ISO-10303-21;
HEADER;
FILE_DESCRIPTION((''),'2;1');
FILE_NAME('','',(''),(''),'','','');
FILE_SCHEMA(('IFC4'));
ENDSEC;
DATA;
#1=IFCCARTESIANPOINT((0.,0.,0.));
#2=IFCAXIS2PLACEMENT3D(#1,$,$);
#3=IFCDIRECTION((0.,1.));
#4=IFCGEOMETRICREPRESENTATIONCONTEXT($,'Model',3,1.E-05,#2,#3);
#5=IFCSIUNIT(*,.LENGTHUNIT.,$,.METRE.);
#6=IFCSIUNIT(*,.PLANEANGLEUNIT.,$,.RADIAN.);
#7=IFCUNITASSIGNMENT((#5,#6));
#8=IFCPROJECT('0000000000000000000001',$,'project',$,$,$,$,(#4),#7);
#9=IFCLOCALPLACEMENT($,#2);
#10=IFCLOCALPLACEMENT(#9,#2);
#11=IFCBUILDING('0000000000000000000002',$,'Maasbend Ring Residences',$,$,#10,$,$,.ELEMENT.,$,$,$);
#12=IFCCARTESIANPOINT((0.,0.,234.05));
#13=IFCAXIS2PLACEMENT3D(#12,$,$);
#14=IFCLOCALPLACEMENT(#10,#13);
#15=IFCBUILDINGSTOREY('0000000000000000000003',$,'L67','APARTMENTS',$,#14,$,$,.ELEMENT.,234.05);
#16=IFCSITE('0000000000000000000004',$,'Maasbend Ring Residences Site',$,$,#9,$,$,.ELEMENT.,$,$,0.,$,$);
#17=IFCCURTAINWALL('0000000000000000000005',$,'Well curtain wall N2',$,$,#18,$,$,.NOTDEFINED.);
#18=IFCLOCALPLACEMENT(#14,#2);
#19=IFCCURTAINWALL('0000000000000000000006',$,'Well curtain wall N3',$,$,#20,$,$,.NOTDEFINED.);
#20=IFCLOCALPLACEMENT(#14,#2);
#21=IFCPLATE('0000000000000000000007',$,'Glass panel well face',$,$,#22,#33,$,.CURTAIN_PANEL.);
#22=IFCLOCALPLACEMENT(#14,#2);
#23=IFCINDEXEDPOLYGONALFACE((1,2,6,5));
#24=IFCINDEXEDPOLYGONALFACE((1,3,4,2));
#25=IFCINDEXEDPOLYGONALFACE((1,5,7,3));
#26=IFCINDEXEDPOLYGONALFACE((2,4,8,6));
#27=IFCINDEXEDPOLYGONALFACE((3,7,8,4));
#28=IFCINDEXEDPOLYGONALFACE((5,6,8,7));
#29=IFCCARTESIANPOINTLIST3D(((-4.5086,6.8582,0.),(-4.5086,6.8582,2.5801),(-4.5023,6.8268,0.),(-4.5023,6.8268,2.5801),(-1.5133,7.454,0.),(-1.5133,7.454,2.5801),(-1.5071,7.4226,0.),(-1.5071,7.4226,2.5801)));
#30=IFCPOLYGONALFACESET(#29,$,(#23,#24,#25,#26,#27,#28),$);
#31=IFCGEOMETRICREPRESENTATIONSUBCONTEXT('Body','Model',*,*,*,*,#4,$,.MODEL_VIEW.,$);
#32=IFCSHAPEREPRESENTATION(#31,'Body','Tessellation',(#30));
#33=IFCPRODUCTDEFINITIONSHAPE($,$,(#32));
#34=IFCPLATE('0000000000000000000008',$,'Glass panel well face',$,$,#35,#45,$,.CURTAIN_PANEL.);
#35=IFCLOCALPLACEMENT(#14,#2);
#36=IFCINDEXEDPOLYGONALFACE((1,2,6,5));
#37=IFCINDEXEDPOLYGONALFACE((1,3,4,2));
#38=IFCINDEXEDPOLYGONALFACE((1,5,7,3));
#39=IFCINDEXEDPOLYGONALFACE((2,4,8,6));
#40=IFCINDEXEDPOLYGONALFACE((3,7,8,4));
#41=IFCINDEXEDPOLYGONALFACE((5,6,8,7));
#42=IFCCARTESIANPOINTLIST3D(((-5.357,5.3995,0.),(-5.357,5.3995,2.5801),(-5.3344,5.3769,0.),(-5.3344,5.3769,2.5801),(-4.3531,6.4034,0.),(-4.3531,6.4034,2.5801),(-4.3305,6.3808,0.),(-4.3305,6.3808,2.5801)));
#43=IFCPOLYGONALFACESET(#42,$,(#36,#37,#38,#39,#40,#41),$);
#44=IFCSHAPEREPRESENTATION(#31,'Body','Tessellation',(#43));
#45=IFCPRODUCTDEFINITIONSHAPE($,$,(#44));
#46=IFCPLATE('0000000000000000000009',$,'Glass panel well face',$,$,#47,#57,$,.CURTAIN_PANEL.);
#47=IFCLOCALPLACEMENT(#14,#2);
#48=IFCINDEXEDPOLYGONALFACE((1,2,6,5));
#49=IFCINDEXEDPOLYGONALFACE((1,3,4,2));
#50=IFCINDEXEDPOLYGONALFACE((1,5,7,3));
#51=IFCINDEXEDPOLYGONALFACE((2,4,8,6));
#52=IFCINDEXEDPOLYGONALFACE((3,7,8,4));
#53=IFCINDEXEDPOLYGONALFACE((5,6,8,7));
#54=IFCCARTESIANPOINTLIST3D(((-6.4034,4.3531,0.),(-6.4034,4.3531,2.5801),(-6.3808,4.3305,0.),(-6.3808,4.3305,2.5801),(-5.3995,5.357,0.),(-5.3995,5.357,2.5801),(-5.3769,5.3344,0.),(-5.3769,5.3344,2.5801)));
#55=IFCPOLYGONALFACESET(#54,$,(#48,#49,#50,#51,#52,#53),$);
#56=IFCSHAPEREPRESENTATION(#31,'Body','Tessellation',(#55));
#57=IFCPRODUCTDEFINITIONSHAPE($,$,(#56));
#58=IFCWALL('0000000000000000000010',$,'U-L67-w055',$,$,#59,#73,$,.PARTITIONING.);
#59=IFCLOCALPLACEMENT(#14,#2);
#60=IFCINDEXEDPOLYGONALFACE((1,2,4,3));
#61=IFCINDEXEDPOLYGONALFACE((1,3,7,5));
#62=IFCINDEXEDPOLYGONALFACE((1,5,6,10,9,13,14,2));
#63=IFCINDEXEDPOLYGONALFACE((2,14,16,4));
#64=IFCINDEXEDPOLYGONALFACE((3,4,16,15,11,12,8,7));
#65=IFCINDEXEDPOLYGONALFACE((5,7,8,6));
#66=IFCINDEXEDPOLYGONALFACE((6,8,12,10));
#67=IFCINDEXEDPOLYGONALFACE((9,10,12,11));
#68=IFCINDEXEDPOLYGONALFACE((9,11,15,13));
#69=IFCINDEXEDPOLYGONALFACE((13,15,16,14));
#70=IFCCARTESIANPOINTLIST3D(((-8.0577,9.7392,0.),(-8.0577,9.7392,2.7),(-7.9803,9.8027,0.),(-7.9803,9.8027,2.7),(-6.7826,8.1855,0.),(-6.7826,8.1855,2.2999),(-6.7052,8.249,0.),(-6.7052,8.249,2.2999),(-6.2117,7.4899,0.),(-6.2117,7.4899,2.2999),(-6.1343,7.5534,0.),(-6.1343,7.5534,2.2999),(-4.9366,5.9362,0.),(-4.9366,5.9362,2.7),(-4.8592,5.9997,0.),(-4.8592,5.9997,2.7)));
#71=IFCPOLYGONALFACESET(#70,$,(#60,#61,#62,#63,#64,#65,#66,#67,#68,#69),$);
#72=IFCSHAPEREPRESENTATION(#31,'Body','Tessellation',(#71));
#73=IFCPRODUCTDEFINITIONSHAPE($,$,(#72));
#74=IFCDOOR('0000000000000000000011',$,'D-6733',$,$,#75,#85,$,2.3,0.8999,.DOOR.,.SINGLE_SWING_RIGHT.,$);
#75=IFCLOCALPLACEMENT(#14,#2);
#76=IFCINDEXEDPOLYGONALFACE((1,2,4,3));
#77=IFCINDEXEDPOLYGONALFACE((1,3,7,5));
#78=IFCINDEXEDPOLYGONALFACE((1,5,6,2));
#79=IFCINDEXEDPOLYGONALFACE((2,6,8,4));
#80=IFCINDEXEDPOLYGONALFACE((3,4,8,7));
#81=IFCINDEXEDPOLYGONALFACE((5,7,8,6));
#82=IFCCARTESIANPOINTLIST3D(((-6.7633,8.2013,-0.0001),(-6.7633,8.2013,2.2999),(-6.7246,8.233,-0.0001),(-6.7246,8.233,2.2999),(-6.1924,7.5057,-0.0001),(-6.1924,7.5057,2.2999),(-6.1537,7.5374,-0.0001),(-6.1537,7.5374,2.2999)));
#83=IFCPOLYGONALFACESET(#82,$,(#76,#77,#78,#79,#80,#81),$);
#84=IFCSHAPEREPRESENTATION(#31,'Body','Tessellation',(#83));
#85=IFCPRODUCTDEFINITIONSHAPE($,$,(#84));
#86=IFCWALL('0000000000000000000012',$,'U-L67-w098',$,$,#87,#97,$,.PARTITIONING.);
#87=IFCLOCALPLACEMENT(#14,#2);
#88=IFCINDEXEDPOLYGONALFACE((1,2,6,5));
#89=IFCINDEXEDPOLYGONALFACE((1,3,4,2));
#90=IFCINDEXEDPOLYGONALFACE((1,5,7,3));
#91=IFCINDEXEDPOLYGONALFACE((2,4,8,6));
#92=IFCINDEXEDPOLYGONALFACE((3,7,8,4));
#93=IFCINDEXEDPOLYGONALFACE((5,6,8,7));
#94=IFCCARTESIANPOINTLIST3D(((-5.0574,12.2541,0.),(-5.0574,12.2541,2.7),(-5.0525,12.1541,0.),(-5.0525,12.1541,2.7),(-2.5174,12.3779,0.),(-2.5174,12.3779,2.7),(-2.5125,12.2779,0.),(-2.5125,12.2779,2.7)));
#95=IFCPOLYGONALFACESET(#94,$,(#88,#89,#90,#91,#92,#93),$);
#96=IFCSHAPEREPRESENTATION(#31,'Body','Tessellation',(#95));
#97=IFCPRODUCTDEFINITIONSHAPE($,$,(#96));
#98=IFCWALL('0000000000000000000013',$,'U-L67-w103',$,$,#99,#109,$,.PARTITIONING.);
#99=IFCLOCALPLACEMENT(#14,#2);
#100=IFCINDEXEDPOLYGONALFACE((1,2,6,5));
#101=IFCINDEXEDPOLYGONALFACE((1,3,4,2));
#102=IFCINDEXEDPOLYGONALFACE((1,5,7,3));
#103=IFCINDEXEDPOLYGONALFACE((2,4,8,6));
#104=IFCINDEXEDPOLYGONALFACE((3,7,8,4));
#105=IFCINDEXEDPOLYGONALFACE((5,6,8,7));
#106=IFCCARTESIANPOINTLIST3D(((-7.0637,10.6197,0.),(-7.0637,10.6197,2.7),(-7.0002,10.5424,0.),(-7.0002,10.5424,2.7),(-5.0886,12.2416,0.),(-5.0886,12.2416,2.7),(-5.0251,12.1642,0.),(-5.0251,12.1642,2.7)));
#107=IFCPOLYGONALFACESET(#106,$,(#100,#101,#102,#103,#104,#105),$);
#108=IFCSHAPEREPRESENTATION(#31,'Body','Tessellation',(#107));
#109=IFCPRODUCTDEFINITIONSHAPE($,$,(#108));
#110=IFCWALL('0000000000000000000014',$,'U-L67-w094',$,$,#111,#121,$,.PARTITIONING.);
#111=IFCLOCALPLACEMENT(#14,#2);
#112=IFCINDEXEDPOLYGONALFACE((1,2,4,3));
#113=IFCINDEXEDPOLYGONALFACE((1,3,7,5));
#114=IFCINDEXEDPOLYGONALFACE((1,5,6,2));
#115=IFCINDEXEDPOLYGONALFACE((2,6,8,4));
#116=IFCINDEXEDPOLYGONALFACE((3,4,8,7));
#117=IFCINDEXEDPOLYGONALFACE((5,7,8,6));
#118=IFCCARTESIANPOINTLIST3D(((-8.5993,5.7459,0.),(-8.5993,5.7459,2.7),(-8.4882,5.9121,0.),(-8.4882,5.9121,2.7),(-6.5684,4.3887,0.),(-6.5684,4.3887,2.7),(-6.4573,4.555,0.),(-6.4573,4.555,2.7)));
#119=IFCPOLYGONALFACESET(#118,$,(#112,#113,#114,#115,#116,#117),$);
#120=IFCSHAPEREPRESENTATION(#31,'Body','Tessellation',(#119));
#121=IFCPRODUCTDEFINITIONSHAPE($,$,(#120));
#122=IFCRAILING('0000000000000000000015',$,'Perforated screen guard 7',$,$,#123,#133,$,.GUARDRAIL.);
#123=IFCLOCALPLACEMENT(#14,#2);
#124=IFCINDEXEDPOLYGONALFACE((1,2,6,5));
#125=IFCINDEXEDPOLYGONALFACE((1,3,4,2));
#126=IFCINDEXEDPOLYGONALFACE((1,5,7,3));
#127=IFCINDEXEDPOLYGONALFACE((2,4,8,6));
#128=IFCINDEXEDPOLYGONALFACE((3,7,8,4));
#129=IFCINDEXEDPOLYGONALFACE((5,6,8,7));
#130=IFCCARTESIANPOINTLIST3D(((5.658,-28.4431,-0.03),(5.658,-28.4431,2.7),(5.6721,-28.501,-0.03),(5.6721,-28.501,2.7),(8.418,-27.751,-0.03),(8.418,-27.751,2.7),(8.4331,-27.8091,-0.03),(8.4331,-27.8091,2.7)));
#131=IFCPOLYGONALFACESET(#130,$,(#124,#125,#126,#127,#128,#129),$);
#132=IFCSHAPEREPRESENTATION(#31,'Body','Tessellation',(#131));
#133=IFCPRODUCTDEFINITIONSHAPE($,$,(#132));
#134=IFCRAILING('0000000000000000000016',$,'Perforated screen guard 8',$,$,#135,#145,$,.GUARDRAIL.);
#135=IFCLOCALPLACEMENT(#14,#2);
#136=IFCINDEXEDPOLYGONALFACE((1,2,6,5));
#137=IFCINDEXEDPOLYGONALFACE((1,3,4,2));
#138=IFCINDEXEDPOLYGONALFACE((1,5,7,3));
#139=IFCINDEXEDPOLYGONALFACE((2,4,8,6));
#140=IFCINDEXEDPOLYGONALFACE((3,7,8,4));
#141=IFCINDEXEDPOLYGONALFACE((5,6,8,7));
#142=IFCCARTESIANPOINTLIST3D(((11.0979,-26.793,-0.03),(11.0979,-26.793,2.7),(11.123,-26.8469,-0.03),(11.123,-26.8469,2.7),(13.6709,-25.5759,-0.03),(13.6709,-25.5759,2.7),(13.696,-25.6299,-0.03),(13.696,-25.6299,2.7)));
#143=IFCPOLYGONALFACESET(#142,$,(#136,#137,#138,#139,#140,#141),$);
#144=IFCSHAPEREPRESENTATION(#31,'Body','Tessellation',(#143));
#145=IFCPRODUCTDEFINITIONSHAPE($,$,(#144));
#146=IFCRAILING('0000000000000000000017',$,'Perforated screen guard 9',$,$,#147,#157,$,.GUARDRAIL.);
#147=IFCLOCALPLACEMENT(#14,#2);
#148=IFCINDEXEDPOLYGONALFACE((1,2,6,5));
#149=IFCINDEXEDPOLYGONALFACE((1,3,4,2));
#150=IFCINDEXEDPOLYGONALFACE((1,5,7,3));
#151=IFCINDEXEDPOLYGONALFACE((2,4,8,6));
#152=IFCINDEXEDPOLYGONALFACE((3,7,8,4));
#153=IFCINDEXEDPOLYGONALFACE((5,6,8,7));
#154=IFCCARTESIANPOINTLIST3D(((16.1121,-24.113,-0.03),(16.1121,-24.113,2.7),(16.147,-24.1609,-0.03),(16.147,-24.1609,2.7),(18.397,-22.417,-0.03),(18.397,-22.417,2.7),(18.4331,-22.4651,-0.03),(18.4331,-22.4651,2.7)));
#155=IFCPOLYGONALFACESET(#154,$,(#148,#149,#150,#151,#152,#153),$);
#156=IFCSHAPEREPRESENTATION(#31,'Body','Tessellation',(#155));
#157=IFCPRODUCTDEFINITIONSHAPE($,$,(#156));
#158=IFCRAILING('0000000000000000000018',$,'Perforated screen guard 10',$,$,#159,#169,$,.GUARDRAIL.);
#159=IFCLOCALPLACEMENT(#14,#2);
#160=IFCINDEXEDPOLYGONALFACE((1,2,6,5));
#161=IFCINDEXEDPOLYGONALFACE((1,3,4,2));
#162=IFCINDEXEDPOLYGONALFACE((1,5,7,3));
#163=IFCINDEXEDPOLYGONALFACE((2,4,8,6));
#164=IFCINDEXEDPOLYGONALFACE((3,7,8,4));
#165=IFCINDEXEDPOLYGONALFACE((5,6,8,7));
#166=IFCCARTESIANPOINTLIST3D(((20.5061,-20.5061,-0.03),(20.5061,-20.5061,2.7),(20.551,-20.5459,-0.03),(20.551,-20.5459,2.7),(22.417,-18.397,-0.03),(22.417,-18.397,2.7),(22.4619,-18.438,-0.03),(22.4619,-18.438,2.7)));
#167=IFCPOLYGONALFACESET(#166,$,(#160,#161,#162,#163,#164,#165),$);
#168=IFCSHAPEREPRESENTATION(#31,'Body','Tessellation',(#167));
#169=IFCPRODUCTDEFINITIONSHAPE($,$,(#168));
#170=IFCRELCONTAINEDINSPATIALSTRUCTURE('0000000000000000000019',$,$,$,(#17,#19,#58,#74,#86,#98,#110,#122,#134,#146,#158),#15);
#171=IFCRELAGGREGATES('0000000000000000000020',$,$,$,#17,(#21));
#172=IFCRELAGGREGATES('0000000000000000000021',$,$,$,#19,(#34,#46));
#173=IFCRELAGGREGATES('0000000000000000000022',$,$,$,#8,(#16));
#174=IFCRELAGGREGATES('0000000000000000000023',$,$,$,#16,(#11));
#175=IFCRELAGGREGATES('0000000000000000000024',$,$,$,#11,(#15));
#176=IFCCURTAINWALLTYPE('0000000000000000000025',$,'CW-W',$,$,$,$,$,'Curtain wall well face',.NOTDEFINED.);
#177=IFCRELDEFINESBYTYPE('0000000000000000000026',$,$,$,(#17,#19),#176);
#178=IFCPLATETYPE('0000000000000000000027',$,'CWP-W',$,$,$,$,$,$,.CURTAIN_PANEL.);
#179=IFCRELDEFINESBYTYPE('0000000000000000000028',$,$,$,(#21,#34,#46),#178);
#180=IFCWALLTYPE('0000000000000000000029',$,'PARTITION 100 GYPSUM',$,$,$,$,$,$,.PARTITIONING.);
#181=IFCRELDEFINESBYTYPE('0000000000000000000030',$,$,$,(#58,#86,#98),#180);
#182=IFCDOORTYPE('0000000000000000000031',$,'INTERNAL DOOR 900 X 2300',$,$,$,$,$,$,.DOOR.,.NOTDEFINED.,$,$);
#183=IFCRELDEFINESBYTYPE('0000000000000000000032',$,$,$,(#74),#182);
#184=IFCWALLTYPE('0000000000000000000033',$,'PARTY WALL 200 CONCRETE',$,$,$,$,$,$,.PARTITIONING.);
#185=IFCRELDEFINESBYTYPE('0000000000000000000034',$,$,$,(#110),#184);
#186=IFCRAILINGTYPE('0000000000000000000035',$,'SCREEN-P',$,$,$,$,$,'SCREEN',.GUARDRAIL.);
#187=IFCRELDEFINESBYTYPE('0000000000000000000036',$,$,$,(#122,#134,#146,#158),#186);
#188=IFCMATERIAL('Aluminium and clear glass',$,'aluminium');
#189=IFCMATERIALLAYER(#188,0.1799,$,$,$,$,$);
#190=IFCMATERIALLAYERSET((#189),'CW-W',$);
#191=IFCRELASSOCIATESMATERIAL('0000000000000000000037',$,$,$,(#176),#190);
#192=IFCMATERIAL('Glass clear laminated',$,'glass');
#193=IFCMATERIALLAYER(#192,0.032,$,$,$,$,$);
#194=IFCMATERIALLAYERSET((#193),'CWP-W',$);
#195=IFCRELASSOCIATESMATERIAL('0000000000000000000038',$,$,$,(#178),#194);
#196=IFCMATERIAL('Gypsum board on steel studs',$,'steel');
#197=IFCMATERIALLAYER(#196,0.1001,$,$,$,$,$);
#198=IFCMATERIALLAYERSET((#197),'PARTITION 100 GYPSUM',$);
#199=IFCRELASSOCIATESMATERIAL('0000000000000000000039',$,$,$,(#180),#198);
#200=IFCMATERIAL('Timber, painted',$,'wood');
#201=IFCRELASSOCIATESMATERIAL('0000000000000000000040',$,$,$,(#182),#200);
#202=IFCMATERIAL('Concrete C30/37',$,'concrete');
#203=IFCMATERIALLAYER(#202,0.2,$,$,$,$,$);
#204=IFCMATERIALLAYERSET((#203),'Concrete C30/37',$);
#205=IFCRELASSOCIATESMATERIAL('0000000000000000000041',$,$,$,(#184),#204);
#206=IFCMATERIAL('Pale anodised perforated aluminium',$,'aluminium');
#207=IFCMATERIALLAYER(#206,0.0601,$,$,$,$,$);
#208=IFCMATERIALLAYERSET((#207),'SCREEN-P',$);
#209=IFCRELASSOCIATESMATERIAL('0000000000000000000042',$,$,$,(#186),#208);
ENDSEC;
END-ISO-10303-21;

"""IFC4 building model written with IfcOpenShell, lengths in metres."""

from ifc_helpers import new_model, si_unit, direction, frame, frame_2d, origin, origin_2d, place, context, subcontext, project, spatial, polyline, rectangle, outline, extrude, material, layer, layer_set, type_object, element, fill, aggregate, save


model = new_model("IFC4")

# Units and contexts
model_context = context("Model", 3, precision=1e-05, world=origin(), true_north=direction((0.0, 1.0)))
body_context = subcontext(model_context, "Body", "Model", "MODEL_VIEW")
ifc_project = project(units=[si_unit("LENGTHUNIT", "METRE"), si_unit("PLANEANGLEUNIT", "RADIAN")], contexts=[model_context])

# Site, building, storey
site_placement = place(None, origin())
site = spatial("IfcSite", under=ifc_project, at=site_placement, Name="Maasbend Ring Residences Site", CompositionType="ELEMENT", RefElevation=0.0)
building_placement = place(site_placement, origin())
building = spatial("IfcBuilding", under=site, at=building_placement, Name="Maasbend Ring Residences", CompositionType="ELEMENT")
storey_placement = place(building_placement, frame((0.0, 0.0, 234.05)))
storey = spatial("IfcBuildingStorey", under=building, at=storey_placement, Name="L67", Description="APARTMENTS", CompositionType="ELEMENT", Elevation=234.05)

# Curtain walls
ifc_material_1 = material(Name="Aluminium and clear glass", Category="aluminium")
ifc_layer_1 = layer(ifc_material_1, 0.1799)
ifc_layer_set_1 = layer_set([ifc_layer_1], Name="CW-W")
curtain_wall_type = type_object("IfcCurtainWallType", Name="CW-W", ElementType="Curtain wall well face", PredefinedType="NOTDEFINED", material=ifc_layer_set_1)
curtain_wall_1_placement = place(storey_placement, origin())
curtain_wall_1 = element("IfcCurtainWall", 1, at=curtain_wall_1_placement, inside=storey, type_object=curtain_wall_type, Name="Well curtain wall N2", PredefinedType="NOTDEFINED")
curtain_wall_2_placement = place(storey_placement, origin())
curtain_wall_2 = element("IfcCurtainWall", 2, at=curtain_wall_2_placement, inside=storey, type_object=curtain_wall_type, Name="Well curtain wall N3", PredefinedType="NOTDEFINED")

# Plates
ifc_material_2 = material(Name="Glass clear laminated", Category="glass")
ifc_layer_2 = layer(ifc_material_2, 0.032)
ifc_layer_set_2 = layer_set([ifc_layer_2], Name="CWP-W")
plate_type = type_object("IfcPlateType", Name="CWP-W", PredefinedType="CURTAIN_PANEL", material=ifc_layer_set_2)
plate_1_placement = place(storey_placement, frame((-3.0078, 7.1404, 0.0), z_axis=(0.0, 0.0, 1.0), x_axis=(-0.980785, -0.19509, 0.0)))
plate_1 = element("IfcPlate", 3, at=plate_1_placement, type_object=plate_type, Name="Glass panel well face", PredefinedType="CURTAIN_PANEL", context=body_context, shape_type="SweptSolid", body=[
    extrude(rectangle(XDim=3.054, YDim=0.032, at=origin_2d()), origin(), (0.0, 0.0, 1.0), 2.5801),
])
aggregate(curtain_wall_1, [plate_1])
plate_2_placement = place(storey_placement, frame((-4.8438, 5.8901, 0.0), z_axis=(0.0, 0.0, 1.0), x_axis=(-0.707107, -0.707107, 0.0)))
plate_2 = element("IfcPlate", 4, at=plate_2_placement, type_object=plate_type, Name="Glass panel well face", PredefinedType="CURTAIN_PANEL", context=body_context, shape_type="SweptSolid", body=[
    extrude(rectangle(XDim=1.4197, YDim=0.032, at=origin_2d()), origin(), (0.0, 0.0, 1.0), 2.5801),
])
plate_3_placement = place(storey_placement, frame((-5.8901, 4.8438, 0.0), z_axis=(0.0, 0.0, 1.0), x_axis=(-0.707107, -0.707107, 0.0)))
plate_3 = element("IfcPlate", 5, at=plate_3_placement, type_object=plate_type, Name="Glass panel well face", PredefinedType="CURTAIN_PANEL", context=body_context, shape_type="SweptSolid", body=[
    extrude(rectangle(XDim=1.4197, YDim=0.032, at=origin_2d()), origin(), (0.0, 0.0, 1.0), 2.5801),
])
aggregate(curtain_wall_2, [plate_2, plate_3])

# Wall, opening, door
ifc_material_3 = material(Name="Gypsum board on steel studs", Category="steel")
ifc_layer_3 = layer(ifc_material_3, 0.1001)
ifc_layer_set_3 = layer_set([ifc_layer_3], Name="PARTITION 100 GYPSUM")
wall_type_1 = type_object("IfcWallType", Name="PARTITION 100 GYPSUM", PredefinedType="PARTITIONING", material=ifc_layer_set_3)
wall_1_placement = place(storey_placement, frame((-8.019, 9.771, 0.0), z_axis=(0.0, 0.0, 1.0), x_axis=(0.634402, -0.773003, 0.0)))
wall_1 = element("IfcWall", 6, at=wall_1_placement, inside=storey, type_object=wall_type_1, Name="U-L67-w055", PredefinedType="PARTITIONING", context=body_context, shape_type="SweptSolid", body=[
    extrude(rectangle(XDim=4.9197, YDim=0.1001, at=frame_2d((2.46, 0.0))), origin(), (0.0, 0.0, 1.0), 2.7),
])
opening_placement = place(wall_1_placement, frame((2.01, 0.0, 0.0)))
opening = element("IfcOpeningElement", 7, at=opening_placement, cuts=wall_1, PredefinedType="OPENING", context=body_context, shape_type="SweptSolid", body=[
    extrude(rectangle(XDim=0.8999, YDim=2.3, at=frame_2d((0.45, 1.1499))), frame((0.0, 0.0601, 0.0), z_axis=(0.0, -1.0, 0.0), x_axis=(1.0, 0.0, 0.0)), (0.0, 0.0, 1.0), 0.1201),
])
ifc_material_4 = material(Name="Timber, painted", Category="wood")
door_type = type_object("IfcDoorType", Name="INTERNAL DOOR 900 X 2300", OperationType="NOTDEFINED", PredefinedType="DOOR", material=ifc_material_4)
door_placement = place(opening_placement, origin())
door = element("IfcDoor", 8, at=door_placement, inside=storey, type_object=door_type, Name="D-6733", OperationType="SINGLE_SWING_RIGHT", OverallHeight=2.3, OverallWidth=0.8999, PredefinedType="DOOR", context=body_context, shape_type="SweptSolid", body=[
    extrude(rectangle(XDim=0.8999, YDim=2.3, at=frame_2d((0.45, 1.1499))), frame((0.0, 0.0249, 0.0), z_axis=(0.0, -1.0, 0.0), x_axis=(1.0, 0.0, 0.0)), (0.0, 0.0, 1.0), 0.05),
])
fill(opening, door)

# Walls
wall_2_placement = place(storey_placement, frame((-5.0549, 12.2041, 0.0), z_axis=(0.0, 0.0, 1.0), x_axis=(0.998815, 0.048673, 0.0)))
element("IfcWall", 9, at=wall_2_placement, inside=storey, type_object=wall_type_1, Name="U-L67-w098", PredefinedType="PARTITIONING", context=body_context, shape_type="SweptSolid", body=[
    extrude(rectangle(XDim=2.543, YDim=0.1001, at=frame_2d((1.2715, 0.0))), origin(), (0.0, 0.0, 1.0), 2.7),
])
wall_3_placement = place(storey_placement, frame((-7.032, 10.5811, 0.0), z_axis=(0.0, 0.0, 1.0), x_axis=(0.772837, 0.634605, 0.0)))
element("IfcWall", 10, at=wall_3_placement, inside=storey, type_object=wall_type_1, Name="U-L67-w103", PredefinedType="PARTITIONING", context=body_context, shape_type="SweptSolid", body=[
    extrude(rectangle(XDim=2.5557, YDim=0.1001, at=frame_2d((1.2778, 0.0))), origin(), (0.0, 0.0, 1.0), 2.7),
])
ifc_material_5 = material(Name="Concrete C30/37", Category="concrete")
ifc_layer_4 = layer(ifc_material_5, 0.2)
ifc_layer_set_4 = layer_set([ifc_layer_4], Name="Concrete C30/37")
wall_type_2 = type_object("IfcWallType", Name="PARTY WALL 200 CONCRETE", PredefinedType="PARTITIONING", material=ifc_layer_set_4)
wall_4_placement = place(storey_placement, frame((-6.5129, 4.4719, 0.0), z_axis=(0.0, 0.0, 1.0), x_axis=(-0.83145, 0.555599, 0.0)))
element("IfcWall", 11, at=wall_4_placement, inside=storey, type_object=wall_type_2, Name="U-L67-w094", PredefinedType="PARTITIONING", context=body_context, shape_type="SweptSolid", body=[
    extrude(rectangle(XDim=2.4426, YDim=0.2, at=frame_2d((1.2212, 0.0))), origin(), (0.0, 0.0, 1.0), 2.7),
])

# Railings
ifc_material_6 = material(Name="Pale anodised perforated aluminium", Category="aluminium")
ifc_layer_5 = layer(ifc_material_6, 0.0601)
ifc_layer_set_5 = layer_set([ifc_layer_5], Name="SCREEN-P")
railing_type = type_object("IfcRailingType", Name="SCREEN-P", ElementType="SCREEN", PredefinedType="GUARDRAIL", material=ifc_layer_set_5)
railing_1_placement = place(storey_placement, frame((0.0, 0.0, -0.03)))
element("IfcRailing", 12, at=railing_1_placement, inside=storey, type_object=railing_type, Name="Perforated screen guard 7", PredefinedType="GUARDRAIL", context=body_context, shape_type="SweptSolid", body=[
    extrude(outline(polyline([(5.658, -28.4431), (8.418, -27.751), (8.4331, -27.8091), (5.6721, -28.501), (5.658, -28.4431)])), origin(), (0.0, 0.0, 1.0), 2.73),
])
railing_2_placement = place(storey_placement, frame((0.0, 0.0, -0.03)))
element("IfcRailing", 13, at=railing_2_placement, inside=storey, type_object=railing_type, Name="Perforated screen guard 8", PredefinedType="GUARDRAIL", context=body_context, shape_type="SweptSolid", body=[
    extrude(outline(polyline([(11.0979, -26.793), (13.6709, -25.5759), (13.696, -25.6299), (11.123, -26.8469), (11.0979, -26.793)])), origin(), (0.0, 0.0, 1.0), 2.73),
])
railing_3_placement = place(storey_placement, frame((0.0, 0.0, -0.03)))
element("IfcRailing", 14, at=railing_3_placement, inside=storey, type_object=railing_type, Name="Perforated screen guard 9", PredefinedType="GUARDRAIL", context=body_context, shape_type="SweptSolid", body=[
    extrude(outline(polyline([(16.1121, -24.113), (18.397, -22.417), (18.4331, -22.4651), (16.147, -24.1609), (16.1121, -24.113)])), origin(), (0.0, 0.0, 1.0), 2.73),
])
railing_4_placement = place(storey_placement, frame((0.0, 0.0, -0.03)))
element("IfcRailing", 15, at=railing_4_placement, inside=storey, type_object=railing_type, Name="Perforated screen guard 10", PredefinedType="GUARDRAIL", context=body_context, shape_type="SweptSolid", body=[
    extrude(outline(polyline([(20.5061, -20.5061), (22.417, -18.397), (22.4619, -18.438), (20.551, -20.5459), (20.5061, -20.5061)])), origin(), (0.0, 0.0, 1.0), 2.73),
])

save(model, "model.ifc")
